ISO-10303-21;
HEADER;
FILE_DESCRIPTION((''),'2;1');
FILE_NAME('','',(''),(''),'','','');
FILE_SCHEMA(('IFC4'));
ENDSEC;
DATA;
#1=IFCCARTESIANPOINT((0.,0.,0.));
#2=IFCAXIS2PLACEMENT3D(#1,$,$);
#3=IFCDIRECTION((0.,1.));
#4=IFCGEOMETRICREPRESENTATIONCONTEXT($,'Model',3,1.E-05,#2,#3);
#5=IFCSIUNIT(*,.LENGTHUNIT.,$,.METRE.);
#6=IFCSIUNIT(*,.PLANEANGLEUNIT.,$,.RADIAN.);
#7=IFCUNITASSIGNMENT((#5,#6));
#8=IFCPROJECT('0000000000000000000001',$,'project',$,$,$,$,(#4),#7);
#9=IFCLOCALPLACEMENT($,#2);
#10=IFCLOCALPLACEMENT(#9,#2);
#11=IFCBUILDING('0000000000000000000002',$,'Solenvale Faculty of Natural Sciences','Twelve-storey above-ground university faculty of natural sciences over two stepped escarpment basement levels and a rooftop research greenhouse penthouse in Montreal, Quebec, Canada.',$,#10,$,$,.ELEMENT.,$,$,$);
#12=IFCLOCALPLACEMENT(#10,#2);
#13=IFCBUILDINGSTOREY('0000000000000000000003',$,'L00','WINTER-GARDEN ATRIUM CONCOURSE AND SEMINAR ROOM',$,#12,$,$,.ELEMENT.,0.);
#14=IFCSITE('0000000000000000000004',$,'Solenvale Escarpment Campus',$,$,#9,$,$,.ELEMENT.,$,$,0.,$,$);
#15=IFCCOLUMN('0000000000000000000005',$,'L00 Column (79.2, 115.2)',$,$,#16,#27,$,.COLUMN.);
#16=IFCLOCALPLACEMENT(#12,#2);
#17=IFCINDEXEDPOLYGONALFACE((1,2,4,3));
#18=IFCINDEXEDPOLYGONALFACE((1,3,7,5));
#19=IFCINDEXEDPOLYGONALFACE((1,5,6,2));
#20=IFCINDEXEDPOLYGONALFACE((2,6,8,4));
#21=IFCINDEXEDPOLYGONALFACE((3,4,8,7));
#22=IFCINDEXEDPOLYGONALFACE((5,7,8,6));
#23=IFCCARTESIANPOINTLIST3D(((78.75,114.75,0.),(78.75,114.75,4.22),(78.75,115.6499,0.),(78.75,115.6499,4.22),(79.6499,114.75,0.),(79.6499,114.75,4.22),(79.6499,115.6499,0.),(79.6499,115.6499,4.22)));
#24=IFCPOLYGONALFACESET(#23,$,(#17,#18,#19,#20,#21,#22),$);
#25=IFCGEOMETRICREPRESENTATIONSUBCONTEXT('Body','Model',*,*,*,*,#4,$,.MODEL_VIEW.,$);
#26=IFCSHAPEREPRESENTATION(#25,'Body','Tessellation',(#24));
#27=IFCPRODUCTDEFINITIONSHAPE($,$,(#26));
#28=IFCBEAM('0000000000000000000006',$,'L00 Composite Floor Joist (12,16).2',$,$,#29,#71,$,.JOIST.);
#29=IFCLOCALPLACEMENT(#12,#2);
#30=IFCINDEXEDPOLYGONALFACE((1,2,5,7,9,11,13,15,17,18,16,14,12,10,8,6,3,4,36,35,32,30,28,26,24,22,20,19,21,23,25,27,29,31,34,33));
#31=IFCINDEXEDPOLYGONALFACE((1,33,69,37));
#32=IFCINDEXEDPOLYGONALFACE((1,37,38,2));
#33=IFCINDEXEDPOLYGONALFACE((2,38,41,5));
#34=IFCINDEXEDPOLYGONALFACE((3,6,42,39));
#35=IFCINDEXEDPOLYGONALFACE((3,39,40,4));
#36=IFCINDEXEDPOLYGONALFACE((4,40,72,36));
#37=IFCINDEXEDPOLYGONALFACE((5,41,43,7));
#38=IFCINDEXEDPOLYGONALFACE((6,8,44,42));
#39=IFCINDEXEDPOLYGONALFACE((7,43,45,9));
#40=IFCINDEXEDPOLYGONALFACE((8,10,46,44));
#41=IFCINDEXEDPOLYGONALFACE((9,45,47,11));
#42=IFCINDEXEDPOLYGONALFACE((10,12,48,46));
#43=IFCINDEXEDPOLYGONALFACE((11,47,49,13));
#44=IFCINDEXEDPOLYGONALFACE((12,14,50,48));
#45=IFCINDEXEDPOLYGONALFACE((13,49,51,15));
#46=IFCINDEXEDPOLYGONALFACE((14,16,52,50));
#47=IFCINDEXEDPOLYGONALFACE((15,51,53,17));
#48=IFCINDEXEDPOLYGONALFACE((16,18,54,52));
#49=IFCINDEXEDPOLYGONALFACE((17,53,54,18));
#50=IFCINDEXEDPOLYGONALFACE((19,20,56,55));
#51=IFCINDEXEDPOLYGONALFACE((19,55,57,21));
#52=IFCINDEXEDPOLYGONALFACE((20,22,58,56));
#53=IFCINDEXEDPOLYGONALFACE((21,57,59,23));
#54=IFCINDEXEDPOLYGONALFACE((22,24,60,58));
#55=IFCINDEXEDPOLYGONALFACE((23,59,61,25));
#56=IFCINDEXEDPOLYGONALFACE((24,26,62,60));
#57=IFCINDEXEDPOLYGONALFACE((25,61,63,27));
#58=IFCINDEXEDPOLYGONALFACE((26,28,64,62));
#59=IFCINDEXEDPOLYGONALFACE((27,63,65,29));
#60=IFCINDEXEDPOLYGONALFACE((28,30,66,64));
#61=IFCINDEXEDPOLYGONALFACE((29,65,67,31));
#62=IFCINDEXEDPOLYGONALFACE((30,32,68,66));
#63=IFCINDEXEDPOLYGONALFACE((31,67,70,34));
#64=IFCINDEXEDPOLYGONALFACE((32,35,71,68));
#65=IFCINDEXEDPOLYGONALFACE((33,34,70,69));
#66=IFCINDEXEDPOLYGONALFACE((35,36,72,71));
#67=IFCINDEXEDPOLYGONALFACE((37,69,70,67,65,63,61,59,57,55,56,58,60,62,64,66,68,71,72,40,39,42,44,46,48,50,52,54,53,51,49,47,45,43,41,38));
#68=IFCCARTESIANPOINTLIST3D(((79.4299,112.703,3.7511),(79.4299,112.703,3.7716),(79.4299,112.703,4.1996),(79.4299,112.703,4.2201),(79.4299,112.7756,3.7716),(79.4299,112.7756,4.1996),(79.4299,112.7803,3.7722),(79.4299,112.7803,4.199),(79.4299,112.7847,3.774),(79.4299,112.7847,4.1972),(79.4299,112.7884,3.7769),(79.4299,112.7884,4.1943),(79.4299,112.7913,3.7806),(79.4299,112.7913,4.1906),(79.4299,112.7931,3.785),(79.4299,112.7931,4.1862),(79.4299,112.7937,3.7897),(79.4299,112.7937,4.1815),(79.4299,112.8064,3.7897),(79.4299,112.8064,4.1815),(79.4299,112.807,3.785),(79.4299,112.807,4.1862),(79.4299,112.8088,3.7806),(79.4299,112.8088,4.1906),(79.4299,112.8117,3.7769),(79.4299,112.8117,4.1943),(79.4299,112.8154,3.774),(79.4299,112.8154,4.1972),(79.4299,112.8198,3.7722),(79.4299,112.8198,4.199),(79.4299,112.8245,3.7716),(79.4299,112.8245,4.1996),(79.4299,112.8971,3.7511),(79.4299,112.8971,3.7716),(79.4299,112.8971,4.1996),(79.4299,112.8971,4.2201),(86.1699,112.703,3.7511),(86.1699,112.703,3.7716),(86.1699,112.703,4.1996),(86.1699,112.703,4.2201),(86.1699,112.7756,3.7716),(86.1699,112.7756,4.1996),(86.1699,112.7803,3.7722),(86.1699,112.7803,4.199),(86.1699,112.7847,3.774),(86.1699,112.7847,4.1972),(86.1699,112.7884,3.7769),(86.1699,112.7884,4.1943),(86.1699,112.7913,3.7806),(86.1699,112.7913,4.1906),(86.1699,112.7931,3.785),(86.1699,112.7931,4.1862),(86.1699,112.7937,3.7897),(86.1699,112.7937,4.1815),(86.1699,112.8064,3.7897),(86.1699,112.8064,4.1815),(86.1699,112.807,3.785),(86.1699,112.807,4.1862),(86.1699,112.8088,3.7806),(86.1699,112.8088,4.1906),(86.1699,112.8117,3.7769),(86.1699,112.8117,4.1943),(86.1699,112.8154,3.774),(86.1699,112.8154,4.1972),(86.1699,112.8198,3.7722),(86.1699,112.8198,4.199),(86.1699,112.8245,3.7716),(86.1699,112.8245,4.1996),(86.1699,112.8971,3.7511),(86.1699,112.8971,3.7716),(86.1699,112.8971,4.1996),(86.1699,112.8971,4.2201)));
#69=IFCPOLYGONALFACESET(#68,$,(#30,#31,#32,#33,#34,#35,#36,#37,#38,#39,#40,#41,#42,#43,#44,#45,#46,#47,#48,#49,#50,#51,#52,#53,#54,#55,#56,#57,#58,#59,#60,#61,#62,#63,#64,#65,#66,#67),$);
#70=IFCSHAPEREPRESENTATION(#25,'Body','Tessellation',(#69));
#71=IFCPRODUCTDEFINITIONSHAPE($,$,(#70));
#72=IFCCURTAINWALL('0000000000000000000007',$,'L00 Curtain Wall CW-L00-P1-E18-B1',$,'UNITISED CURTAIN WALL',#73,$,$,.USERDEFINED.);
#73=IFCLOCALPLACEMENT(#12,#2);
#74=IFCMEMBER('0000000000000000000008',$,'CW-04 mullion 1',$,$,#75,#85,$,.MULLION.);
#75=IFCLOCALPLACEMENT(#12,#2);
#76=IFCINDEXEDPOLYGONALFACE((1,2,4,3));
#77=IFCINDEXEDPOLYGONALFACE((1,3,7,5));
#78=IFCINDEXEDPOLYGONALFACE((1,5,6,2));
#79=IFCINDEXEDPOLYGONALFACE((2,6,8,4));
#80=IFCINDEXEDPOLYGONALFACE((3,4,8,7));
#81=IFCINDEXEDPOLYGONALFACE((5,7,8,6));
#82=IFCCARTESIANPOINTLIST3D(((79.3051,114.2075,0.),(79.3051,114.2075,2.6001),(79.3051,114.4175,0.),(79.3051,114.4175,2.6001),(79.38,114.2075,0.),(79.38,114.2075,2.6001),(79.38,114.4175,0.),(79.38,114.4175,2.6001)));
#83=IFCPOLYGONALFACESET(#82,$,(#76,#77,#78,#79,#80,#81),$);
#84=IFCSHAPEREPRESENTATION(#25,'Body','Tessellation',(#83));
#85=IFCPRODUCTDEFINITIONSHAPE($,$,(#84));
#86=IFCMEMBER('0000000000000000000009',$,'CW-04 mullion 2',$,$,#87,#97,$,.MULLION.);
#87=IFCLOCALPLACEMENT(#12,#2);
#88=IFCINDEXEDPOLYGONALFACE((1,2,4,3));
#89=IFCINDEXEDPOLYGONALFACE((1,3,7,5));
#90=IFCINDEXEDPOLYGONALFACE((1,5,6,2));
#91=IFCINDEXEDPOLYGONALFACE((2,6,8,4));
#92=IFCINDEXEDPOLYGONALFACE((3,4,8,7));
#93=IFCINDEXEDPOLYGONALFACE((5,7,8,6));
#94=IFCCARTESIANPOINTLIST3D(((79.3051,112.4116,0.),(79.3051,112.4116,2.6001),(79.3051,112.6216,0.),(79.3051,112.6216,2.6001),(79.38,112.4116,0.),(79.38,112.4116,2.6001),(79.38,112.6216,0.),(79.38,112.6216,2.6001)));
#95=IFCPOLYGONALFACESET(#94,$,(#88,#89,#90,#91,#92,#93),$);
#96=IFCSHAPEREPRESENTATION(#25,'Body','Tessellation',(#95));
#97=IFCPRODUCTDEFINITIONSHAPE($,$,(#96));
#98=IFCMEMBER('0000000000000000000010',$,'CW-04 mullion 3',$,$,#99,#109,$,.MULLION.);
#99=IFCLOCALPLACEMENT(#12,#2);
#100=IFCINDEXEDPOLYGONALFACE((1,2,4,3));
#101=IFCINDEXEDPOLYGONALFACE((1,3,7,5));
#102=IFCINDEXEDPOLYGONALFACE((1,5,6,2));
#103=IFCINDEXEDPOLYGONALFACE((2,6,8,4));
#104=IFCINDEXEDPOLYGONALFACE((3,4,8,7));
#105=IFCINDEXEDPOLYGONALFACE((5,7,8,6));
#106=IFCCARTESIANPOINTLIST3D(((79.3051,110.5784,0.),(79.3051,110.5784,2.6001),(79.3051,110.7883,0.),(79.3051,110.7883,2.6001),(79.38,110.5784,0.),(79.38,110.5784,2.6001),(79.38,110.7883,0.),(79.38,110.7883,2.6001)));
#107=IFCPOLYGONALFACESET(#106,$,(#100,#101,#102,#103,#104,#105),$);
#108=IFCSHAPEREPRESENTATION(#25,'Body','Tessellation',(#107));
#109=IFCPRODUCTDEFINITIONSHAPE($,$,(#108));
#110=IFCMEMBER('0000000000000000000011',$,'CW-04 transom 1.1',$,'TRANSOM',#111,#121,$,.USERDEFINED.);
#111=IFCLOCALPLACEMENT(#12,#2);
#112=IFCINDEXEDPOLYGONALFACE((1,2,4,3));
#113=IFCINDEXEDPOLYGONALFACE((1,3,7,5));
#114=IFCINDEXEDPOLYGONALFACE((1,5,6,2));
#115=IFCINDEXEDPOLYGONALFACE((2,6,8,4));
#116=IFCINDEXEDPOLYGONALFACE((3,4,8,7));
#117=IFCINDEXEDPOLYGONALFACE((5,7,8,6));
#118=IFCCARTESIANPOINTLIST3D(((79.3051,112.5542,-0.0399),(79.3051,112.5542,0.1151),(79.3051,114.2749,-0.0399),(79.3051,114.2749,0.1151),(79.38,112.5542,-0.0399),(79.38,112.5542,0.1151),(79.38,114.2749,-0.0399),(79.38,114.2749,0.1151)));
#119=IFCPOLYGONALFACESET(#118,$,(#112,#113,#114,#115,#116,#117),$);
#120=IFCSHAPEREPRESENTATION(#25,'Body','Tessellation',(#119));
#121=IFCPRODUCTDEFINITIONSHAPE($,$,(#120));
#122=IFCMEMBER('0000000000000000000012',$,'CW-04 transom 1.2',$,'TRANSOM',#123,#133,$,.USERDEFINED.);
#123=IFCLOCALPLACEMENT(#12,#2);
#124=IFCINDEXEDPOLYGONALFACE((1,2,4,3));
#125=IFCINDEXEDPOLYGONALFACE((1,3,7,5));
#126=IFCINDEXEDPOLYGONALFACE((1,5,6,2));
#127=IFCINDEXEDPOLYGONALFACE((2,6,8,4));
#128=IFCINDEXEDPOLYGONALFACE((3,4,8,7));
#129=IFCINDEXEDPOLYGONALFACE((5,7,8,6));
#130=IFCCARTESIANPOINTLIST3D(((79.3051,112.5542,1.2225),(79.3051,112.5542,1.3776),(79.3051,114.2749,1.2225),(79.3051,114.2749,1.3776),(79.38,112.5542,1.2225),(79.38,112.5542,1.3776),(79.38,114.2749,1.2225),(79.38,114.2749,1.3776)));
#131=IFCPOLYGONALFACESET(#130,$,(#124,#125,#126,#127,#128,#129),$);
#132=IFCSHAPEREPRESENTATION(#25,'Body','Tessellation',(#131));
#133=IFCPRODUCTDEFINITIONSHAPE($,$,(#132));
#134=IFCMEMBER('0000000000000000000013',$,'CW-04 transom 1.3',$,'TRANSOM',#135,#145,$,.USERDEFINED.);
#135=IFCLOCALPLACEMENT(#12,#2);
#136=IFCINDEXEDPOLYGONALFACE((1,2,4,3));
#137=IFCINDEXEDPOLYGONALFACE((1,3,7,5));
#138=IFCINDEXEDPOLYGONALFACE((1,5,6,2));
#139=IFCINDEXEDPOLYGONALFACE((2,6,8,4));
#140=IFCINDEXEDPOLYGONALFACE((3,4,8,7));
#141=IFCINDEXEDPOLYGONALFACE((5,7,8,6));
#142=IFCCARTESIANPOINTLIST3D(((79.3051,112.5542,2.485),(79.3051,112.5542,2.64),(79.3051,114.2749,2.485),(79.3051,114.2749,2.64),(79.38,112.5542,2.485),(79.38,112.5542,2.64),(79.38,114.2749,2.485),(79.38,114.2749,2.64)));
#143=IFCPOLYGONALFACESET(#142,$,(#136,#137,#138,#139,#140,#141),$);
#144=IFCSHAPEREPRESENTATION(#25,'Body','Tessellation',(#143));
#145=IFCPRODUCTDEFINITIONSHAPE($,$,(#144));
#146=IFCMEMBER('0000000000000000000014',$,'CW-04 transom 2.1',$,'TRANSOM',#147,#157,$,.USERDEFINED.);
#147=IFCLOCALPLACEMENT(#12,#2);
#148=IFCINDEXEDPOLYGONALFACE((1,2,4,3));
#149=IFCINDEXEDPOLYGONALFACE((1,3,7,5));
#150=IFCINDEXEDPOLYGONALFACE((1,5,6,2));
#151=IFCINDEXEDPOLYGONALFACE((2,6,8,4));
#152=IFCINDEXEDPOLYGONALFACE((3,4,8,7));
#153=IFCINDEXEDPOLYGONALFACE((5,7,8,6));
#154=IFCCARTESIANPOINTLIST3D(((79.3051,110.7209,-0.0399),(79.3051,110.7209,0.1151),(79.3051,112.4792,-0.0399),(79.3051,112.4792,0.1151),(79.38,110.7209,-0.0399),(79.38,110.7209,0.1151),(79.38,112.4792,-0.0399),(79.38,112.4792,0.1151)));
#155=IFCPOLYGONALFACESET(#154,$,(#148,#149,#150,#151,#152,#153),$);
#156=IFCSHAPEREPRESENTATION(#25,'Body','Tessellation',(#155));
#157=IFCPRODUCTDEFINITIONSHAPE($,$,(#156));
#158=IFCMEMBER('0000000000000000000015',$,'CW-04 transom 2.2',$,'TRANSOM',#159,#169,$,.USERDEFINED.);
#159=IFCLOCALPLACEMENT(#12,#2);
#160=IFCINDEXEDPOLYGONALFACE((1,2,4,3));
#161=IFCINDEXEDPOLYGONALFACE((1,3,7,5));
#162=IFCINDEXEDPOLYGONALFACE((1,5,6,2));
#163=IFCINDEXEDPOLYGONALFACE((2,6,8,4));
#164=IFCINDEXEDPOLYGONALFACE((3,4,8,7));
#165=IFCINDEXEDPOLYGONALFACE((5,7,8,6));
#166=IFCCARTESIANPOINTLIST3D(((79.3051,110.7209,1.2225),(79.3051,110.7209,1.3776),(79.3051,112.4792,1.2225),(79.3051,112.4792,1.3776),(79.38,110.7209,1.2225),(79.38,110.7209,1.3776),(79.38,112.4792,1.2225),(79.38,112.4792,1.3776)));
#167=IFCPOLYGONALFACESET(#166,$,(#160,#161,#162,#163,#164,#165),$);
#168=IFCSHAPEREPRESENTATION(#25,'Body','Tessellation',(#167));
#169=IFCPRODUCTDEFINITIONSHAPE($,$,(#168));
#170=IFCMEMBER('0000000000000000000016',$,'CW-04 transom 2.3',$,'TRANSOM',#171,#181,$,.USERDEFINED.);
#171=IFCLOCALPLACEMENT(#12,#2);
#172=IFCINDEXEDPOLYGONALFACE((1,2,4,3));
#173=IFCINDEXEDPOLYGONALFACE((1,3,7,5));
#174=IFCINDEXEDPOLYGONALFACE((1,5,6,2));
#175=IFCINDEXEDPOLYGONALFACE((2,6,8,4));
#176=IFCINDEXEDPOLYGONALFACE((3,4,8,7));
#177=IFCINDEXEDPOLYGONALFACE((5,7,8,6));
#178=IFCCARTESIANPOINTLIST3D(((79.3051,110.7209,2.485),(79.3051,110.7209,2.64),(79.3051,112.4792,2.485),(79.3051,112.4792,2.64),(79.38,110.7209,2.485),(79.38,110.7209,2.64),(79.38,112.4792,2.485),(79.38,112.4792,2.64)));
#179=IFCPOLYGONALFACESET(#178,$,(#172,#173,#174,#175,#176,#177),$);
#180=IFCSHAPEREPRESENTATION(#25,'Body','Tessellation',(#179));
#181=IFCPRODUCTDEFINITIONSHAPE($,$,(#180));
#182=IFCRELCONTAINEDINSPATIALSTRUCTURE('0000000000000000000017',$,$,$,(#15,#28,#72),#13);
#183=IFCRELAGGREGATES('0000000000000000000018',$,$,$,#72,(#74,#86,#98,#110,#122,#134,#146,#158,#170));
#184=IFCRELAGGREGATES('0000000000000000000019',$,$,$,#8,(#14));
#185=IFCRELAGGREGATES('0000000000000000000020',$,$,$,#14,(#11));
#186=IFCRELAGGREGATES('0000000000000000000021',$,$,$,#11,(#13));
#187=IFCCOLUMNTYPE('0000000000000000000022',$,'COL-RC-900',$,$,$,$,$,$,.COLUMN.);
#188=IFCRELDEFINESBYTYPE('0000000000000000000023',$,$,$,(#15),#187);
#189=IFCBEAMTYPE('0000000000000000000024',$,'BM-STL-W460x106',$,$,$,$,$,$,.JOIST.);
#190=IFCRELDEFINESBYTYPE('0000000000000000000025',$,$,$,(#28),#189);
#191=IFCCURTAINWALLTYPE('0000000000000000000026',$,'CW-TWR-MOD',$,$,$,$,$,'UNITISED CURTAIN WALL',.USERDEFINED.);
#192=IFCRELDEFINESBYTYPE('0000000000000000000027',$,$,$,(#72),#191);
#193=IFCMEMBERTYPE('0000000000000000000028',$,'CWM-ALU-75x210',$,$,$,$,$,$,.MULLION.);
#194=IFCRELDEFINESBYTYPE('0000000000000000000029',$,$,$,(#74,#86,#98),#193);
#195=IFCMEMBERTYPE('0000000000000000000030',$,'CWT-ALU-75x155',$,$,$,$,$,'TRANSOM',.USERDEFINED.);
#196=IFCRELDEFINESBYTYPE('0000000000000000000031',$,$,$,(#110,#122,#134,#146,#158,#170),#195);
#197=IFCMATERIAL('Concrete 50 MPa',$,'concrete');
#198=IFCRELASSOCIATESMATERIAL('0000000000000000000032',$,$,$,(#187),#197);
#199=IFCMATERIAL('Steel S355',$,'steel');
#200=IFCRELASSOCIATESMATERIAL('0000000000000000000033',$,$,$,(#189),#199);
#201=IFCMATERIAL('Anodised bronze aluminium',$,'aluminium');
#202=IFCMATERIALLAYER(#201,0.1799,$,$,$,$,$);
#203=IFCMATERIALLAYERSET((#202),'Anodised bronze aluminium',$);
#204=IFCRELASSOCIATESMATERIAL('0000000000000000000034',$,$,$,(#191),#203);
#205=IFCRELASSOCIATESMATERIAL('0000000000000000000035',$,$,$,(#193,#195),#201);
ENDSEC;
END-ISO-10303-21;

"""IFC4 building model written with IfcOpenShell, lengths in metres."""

from ifc_helpers import new_model, si_unit, direction, frame, origin, origin_2d, place, context, subcontext, project, spatial, rectangle, i_section, extrude, material, layer, layer_set, material_profile, profile_set, type_object, element, aggregate, save


model = new_model("IFC4")

# Units and contexts
model_context = context("Model", 3, precision=1e-05, world=origin(), true_north=direction((0.0, 1.0)))
body_context = subcontext(model_context, "Body", "Model", "MODEL_VIEW")
ifc_project = project(units=[si_unit("LENGTHUNIT", "METRE"), si_unit("PLANEANGLEUNIT", "RADIAN")], contexts=[model_context])

# Site, building, storey
site_placement = place(None, origin())
site = spatial("IfcSite", under=ifc_project, at=site_placement, Name="Solenvale Escarpment Campus", CompositionType="ELEMENT", RefElevation=0.0)
building_placement = place(site_placement, origin())
building = spatial("IfcBuilding", under=site, at=building_placement, Name="Solenvale Faculty of Natural Sciences", Description="Twelve-storey above-ground university faculty of natural sciences over two stepped escarpment basement levels and a rooftop research greenhouse penthouse in Montreal, Quebec, Canada.", CompositionType="ELEMENT")
storey_placement = place(building_placement, origin())
storey = spatial("IfcBuildingStorey", under=building, at=storey_placement, Name="L00", Description="WINTER-GARDEN ATRIUM CONCOURSE AND SEMINAR ROOM", CompositionType="ELEMENT", Elevation=0.0)

# Column
ifc_material_1 = material(Name="Concrete 50 MPa", Category="concrete")
ifc_material_profile_1 = material_profile(ifc_material_1, rectangle(XDim=0.8999, YDim=0.8999, at=origin_2d()), Name="RC-COL-900x900")
ifc_profile_set_1 = profile_set([ifc_material_profile_1], Name="Concrete 50 MPa")
column_type = type_object("IfcColumnType", Name="COL-RC-900", PredefinedType="COLUMN", material=ifc_profile_set_1)
column_placement = place(storey_placement, frame((79.2, 115.2, 0.0), z_axis=(0.0, 0.0, 1.0), x_axis=(1.0, 0.0, 0.0)))
element("IfcColumn", 1, at=column_placement, inside=storey, type_object=column_type, Name="L00 Column (79.2, 115.2)", PredefinedType="COLUMN", context=body_context, shape_type="SweptSolid", body=[
    extrude(rectangle(XDim=0.8999, YDim=0.8999, at=origin_2d()), origin(), (0.0, 0.0, 1.0), 4.22),
])

# Beam
ifc_material_2 = material(Name="Steel S355", Category="steel")
ifc_material_profile_2 = material_profile(ifc_material_2, i_section(OverallWidth=0.1941, OverallDepth=0.469, WebThickness=0.0127, FlangeThickness=0.0205, FilletRadius=0.0181, at=origin_2d()), Name="W460x106")
ifc_profile_set_2 = profile_set([ifc_material_profile_2], Name="Steel S355")
beam_type = type_object("IfcBeamType", Name="BM-STL-W460x106", PredefinedType="JOIST", material=ifc_profile_set_2)
beam_placement = place(storey_placement, frame((79.4299, 112.8, 3.9856), z_axis=(1.0, 0.0, 0.0), x_axis=(0.0, 1.0, 0.0)))
element("IfcBeam", 2, at=beam_placement, inside=storey, type_object=beam_type, Name="L00 Composite Floor Joist (12,16).2", PredefinedType="JOIST", context=body_context, shape_type="SweptSolid", body=[
    extrude(i_section(OverallWidth=0.1941, OverallDepth=0.469, WebThickness=0.0127, FlangeThickness=0.0205, FilletRadius=0.0181, at=origin_2d()), origin(), (0.0, 0.0, 1.0), 6.74),
])

# Curtain wall, members
ifc_material_3 = material(Name="Anodised bronze aluminium", Category="aluminium")
ifc_layer_1 = layer(ifc_material_3, 0.1799)
ifc_layer_set_1 = layer_set([ifc_layer_1], Name="Anodised bronze aluminium")
curtain_wall_type = type_object("IfcCurtainWallType", Name="CW-TWR-MOD", ElementType="UNITISED CURTAIN WALL", PredefinedType="USERDEFINED", material=ifc_layer_set_1)
curtain_wall_placement = place(storey_placement, origin())
curtain_wall = element("IfcCurtainWall", 3, at=curtain_wall_placement, inside=storey, type_object=curtain_wall_type, Name="L00 Curtain Wall CW-L00-P1-E18-B1", ObjectType="UNITISED CURTAIN WALL", PredefinedType="USERDEFINED")
ifc_material_profile_3 = material_profile(ifc_material_3, rectangle(XDim=0.075, YDim=0.21, at=origin_2d()), Name="ALU-MUL-75x210")
ifc_profile_set_3 = profile_set([ifc_material_profile_3], Name="Anodised bronze aluminium")
member_type_1 = type_object("IfcMemberType", Name="CWM-ALU-75x210", PredefinedType="MULLION", material=ifc_profile_set_3)
member_1_placement = place(storey_placement, frame((79.3425, 114.3125, 0.0), z_axis=(0.0, 0.0, 1.0), x_axis=(1.0, 0.0, 0.0)))
member_1 = element("IfcMember", 4, at=member_1_placement, type_object=member_type_1, Name="CW-04 mullion 1", PredefinedType="MULLION", context=body_context, shape_type="SweptSolid", body=[
    extrude(rectangle(XDim=0.075, YDim=0.21, at=origin_2d()), origin(), (0.0, 0.0, 1.0), 2.6001),
])
member_2_placement = place(storey_placement, frame((79.3425, 112.5166, 0.0), z_axis=(0.0, 0.0, 1.0), x_axis=(1.0, 0.0, 0.0)))
member_2 = element("IfcMember", 5, at=member_2_placement, type_object=member_type_1, Name="CW-04 mullion 2", PredefinedType="MULLION", context=body_context, shape_type="SweptSolid", body=[
    extrude(rectangle(XDim=0.075, YDim=0.21, at=origin_2d()), origin(), (0.0, 0.0, 1.0), 2.6001),
])
member_3_placement = place(storey_placement, frame((79.3425, 110.6833, 0.0), z_axis=(0.0, 0.0, 1.0), x_axis=(1.0, 0.0, 0.0)))
member_3 = element("IfcMember", 6, at=member_3_placement, type_object=member_type_1, Name="CW-04 mullion 3", PredefinedType="MULLION", context=body_context, shape_type="SweptSolid", body=[
    extrude(rectangle(XDim=0.075, YDim=0.21, at=origin_2d()), origin(), (0.0, 0.0, 1.0), 2.6001),
])
ifc_material_profile_4 = material_profile(ifc_material_3, rectangle(XDim=0.075, YDim=0.155, at=origin_2d()), Name="ALU-TRN-75x155")
ifc_profile_set_4 = profile_set([ifc_material_profile_4], Name="Anodised bronze aluminium")
member_type_2 = type_object("IfcMemberType", Name="CWT-ALU-75x155", ElementType="TRANSOM", PredefinedType="USERDEFINED", material=ifc_profile_set_4)
member_4_placement = place(storey_placement, frame((79.3425, 114.2749, 0.0376), z_axis=(0.0, -1.0, 0.0), x_axis=(1.0, 0.0, 0.0)))
member_4 = element("IfcMember", 7, at=member_4_placement, type_object=member_type_2, Name="CW-04 transom 1.1", ObjectType="TRANSOM", PredefinedType="USERDEFINED", context=body_context, shape_type="SweptSolid", body=[
    extrude(rectangle(XDim=0.075, YDim=0.155, at=origin_2d()), origin(), (0.0, 0.0, 1.0), 1.7207),
])
member_5_placement = place(storey_placement, frame((79.3425, 114.2749, 1.3), z_axis=(0.0, -1.0, 0.0), x_axis=(1.0, 0.0, 0.0)))
member_5 = element("IfcMember", 8, at=member_5_placement, type_object=member_type_2, Name="CW-04 transom 1.2", ObjectType="TRANSOM", PredefinedType="USERDEFINED", context=body_context, shape_type="SweptSolid", body=[
    extrude(rectangle(XDim=0.075, YDim=0.155, at=origin_2d()), origin(), (0.0, 0.0, 1.0), 1.7207),
])
member_6_placement = place(storey_placement, frame((79.3425, 114.2749, 2.5625), z_axis=(0.0, -1.0, 0.0), x_axis=(1.0, 0.0, 0.0)))
member_6 = element("IfcMember", 9, at=member_6_placement, type_object=member_type_2, Name="CW-04 transom 1.3", ObjectType="TRANSOM", PredefinedType="USERDEFINED", context=body_context, shape_type="SweptSolid", body=[
    extrude(rectangle(XDim=0.075, YDim=0.155, at=origin_2d()), origin(), (0.0, 0.0, 1.0), 1.7207),
])
member_7_placement = place(storey_placement, frame((79.3425, 112.4792, 0.0376), z_axis=(0.0, -1.0, 0.0), x_axis=(1.0, 0.0, 0.0)))
member_7 = element("IfcMember", 10, at=member_7_placement, type_object=member_type_2, Name="CW-04 transom 2.1", ObjectType="TRANSOM", PredefinedType="USERDEFINED", context=body_context, shape_type="SweptSolid", body=[
    extrude(rectangle(XDim=0.075, YDim=0.155, at=origin_2d()), origin(), (0.0, 0.0, 1.0), 1.7583),
])
member_8_placement = place(storey_placement, frame((79.3425, 112.4792, 1.3), z_axis=(0.0, -1.0, 0.0), x_axis=(1.0, 0.0, 0.0)))
member_8 = element("IfcMember", 11, at=member_8_placement, type_object=member_type_2, Name="CW-04 transom 2.2", ObjectType="TRANSOM", PredefinedType="USERDEFINED", context=body_context, shape_type="SweptSolid", body=[
    extrude(rectangle(XDim=0.075, YDim=0.155, at=origin_2d()), origin(), (0.0, 0.0, 1.0), 1.7583),
])
member_9_placement = place(storey_placement, frame((79.3425, 112.4792, 2.5625), z_axis=(0.0, -1.0, 0.0), x_axis=(1.0, 0.0, 0.0)))
member_9 = element("IfcMember", 12, at=member_9_placement, type_object=member_type_2, Name="CW-04 transom 2.3", ObjectType="TRANSOM", PredefinedType="USERDEFINED", context=body_context, shape_type="SweptSolid", body=[
    extrude(rectangle(XDim=0.075, YDim=0.155, at=origin_2d()), origin(), (0.0, 0.0, 1.0), 1.7583),
])
aggregate(curtain_wall, [member_1, member_2, member_3, member_4, member_5, member_6, member_7, member_8, member_9])

save(model, "model.ifc")
